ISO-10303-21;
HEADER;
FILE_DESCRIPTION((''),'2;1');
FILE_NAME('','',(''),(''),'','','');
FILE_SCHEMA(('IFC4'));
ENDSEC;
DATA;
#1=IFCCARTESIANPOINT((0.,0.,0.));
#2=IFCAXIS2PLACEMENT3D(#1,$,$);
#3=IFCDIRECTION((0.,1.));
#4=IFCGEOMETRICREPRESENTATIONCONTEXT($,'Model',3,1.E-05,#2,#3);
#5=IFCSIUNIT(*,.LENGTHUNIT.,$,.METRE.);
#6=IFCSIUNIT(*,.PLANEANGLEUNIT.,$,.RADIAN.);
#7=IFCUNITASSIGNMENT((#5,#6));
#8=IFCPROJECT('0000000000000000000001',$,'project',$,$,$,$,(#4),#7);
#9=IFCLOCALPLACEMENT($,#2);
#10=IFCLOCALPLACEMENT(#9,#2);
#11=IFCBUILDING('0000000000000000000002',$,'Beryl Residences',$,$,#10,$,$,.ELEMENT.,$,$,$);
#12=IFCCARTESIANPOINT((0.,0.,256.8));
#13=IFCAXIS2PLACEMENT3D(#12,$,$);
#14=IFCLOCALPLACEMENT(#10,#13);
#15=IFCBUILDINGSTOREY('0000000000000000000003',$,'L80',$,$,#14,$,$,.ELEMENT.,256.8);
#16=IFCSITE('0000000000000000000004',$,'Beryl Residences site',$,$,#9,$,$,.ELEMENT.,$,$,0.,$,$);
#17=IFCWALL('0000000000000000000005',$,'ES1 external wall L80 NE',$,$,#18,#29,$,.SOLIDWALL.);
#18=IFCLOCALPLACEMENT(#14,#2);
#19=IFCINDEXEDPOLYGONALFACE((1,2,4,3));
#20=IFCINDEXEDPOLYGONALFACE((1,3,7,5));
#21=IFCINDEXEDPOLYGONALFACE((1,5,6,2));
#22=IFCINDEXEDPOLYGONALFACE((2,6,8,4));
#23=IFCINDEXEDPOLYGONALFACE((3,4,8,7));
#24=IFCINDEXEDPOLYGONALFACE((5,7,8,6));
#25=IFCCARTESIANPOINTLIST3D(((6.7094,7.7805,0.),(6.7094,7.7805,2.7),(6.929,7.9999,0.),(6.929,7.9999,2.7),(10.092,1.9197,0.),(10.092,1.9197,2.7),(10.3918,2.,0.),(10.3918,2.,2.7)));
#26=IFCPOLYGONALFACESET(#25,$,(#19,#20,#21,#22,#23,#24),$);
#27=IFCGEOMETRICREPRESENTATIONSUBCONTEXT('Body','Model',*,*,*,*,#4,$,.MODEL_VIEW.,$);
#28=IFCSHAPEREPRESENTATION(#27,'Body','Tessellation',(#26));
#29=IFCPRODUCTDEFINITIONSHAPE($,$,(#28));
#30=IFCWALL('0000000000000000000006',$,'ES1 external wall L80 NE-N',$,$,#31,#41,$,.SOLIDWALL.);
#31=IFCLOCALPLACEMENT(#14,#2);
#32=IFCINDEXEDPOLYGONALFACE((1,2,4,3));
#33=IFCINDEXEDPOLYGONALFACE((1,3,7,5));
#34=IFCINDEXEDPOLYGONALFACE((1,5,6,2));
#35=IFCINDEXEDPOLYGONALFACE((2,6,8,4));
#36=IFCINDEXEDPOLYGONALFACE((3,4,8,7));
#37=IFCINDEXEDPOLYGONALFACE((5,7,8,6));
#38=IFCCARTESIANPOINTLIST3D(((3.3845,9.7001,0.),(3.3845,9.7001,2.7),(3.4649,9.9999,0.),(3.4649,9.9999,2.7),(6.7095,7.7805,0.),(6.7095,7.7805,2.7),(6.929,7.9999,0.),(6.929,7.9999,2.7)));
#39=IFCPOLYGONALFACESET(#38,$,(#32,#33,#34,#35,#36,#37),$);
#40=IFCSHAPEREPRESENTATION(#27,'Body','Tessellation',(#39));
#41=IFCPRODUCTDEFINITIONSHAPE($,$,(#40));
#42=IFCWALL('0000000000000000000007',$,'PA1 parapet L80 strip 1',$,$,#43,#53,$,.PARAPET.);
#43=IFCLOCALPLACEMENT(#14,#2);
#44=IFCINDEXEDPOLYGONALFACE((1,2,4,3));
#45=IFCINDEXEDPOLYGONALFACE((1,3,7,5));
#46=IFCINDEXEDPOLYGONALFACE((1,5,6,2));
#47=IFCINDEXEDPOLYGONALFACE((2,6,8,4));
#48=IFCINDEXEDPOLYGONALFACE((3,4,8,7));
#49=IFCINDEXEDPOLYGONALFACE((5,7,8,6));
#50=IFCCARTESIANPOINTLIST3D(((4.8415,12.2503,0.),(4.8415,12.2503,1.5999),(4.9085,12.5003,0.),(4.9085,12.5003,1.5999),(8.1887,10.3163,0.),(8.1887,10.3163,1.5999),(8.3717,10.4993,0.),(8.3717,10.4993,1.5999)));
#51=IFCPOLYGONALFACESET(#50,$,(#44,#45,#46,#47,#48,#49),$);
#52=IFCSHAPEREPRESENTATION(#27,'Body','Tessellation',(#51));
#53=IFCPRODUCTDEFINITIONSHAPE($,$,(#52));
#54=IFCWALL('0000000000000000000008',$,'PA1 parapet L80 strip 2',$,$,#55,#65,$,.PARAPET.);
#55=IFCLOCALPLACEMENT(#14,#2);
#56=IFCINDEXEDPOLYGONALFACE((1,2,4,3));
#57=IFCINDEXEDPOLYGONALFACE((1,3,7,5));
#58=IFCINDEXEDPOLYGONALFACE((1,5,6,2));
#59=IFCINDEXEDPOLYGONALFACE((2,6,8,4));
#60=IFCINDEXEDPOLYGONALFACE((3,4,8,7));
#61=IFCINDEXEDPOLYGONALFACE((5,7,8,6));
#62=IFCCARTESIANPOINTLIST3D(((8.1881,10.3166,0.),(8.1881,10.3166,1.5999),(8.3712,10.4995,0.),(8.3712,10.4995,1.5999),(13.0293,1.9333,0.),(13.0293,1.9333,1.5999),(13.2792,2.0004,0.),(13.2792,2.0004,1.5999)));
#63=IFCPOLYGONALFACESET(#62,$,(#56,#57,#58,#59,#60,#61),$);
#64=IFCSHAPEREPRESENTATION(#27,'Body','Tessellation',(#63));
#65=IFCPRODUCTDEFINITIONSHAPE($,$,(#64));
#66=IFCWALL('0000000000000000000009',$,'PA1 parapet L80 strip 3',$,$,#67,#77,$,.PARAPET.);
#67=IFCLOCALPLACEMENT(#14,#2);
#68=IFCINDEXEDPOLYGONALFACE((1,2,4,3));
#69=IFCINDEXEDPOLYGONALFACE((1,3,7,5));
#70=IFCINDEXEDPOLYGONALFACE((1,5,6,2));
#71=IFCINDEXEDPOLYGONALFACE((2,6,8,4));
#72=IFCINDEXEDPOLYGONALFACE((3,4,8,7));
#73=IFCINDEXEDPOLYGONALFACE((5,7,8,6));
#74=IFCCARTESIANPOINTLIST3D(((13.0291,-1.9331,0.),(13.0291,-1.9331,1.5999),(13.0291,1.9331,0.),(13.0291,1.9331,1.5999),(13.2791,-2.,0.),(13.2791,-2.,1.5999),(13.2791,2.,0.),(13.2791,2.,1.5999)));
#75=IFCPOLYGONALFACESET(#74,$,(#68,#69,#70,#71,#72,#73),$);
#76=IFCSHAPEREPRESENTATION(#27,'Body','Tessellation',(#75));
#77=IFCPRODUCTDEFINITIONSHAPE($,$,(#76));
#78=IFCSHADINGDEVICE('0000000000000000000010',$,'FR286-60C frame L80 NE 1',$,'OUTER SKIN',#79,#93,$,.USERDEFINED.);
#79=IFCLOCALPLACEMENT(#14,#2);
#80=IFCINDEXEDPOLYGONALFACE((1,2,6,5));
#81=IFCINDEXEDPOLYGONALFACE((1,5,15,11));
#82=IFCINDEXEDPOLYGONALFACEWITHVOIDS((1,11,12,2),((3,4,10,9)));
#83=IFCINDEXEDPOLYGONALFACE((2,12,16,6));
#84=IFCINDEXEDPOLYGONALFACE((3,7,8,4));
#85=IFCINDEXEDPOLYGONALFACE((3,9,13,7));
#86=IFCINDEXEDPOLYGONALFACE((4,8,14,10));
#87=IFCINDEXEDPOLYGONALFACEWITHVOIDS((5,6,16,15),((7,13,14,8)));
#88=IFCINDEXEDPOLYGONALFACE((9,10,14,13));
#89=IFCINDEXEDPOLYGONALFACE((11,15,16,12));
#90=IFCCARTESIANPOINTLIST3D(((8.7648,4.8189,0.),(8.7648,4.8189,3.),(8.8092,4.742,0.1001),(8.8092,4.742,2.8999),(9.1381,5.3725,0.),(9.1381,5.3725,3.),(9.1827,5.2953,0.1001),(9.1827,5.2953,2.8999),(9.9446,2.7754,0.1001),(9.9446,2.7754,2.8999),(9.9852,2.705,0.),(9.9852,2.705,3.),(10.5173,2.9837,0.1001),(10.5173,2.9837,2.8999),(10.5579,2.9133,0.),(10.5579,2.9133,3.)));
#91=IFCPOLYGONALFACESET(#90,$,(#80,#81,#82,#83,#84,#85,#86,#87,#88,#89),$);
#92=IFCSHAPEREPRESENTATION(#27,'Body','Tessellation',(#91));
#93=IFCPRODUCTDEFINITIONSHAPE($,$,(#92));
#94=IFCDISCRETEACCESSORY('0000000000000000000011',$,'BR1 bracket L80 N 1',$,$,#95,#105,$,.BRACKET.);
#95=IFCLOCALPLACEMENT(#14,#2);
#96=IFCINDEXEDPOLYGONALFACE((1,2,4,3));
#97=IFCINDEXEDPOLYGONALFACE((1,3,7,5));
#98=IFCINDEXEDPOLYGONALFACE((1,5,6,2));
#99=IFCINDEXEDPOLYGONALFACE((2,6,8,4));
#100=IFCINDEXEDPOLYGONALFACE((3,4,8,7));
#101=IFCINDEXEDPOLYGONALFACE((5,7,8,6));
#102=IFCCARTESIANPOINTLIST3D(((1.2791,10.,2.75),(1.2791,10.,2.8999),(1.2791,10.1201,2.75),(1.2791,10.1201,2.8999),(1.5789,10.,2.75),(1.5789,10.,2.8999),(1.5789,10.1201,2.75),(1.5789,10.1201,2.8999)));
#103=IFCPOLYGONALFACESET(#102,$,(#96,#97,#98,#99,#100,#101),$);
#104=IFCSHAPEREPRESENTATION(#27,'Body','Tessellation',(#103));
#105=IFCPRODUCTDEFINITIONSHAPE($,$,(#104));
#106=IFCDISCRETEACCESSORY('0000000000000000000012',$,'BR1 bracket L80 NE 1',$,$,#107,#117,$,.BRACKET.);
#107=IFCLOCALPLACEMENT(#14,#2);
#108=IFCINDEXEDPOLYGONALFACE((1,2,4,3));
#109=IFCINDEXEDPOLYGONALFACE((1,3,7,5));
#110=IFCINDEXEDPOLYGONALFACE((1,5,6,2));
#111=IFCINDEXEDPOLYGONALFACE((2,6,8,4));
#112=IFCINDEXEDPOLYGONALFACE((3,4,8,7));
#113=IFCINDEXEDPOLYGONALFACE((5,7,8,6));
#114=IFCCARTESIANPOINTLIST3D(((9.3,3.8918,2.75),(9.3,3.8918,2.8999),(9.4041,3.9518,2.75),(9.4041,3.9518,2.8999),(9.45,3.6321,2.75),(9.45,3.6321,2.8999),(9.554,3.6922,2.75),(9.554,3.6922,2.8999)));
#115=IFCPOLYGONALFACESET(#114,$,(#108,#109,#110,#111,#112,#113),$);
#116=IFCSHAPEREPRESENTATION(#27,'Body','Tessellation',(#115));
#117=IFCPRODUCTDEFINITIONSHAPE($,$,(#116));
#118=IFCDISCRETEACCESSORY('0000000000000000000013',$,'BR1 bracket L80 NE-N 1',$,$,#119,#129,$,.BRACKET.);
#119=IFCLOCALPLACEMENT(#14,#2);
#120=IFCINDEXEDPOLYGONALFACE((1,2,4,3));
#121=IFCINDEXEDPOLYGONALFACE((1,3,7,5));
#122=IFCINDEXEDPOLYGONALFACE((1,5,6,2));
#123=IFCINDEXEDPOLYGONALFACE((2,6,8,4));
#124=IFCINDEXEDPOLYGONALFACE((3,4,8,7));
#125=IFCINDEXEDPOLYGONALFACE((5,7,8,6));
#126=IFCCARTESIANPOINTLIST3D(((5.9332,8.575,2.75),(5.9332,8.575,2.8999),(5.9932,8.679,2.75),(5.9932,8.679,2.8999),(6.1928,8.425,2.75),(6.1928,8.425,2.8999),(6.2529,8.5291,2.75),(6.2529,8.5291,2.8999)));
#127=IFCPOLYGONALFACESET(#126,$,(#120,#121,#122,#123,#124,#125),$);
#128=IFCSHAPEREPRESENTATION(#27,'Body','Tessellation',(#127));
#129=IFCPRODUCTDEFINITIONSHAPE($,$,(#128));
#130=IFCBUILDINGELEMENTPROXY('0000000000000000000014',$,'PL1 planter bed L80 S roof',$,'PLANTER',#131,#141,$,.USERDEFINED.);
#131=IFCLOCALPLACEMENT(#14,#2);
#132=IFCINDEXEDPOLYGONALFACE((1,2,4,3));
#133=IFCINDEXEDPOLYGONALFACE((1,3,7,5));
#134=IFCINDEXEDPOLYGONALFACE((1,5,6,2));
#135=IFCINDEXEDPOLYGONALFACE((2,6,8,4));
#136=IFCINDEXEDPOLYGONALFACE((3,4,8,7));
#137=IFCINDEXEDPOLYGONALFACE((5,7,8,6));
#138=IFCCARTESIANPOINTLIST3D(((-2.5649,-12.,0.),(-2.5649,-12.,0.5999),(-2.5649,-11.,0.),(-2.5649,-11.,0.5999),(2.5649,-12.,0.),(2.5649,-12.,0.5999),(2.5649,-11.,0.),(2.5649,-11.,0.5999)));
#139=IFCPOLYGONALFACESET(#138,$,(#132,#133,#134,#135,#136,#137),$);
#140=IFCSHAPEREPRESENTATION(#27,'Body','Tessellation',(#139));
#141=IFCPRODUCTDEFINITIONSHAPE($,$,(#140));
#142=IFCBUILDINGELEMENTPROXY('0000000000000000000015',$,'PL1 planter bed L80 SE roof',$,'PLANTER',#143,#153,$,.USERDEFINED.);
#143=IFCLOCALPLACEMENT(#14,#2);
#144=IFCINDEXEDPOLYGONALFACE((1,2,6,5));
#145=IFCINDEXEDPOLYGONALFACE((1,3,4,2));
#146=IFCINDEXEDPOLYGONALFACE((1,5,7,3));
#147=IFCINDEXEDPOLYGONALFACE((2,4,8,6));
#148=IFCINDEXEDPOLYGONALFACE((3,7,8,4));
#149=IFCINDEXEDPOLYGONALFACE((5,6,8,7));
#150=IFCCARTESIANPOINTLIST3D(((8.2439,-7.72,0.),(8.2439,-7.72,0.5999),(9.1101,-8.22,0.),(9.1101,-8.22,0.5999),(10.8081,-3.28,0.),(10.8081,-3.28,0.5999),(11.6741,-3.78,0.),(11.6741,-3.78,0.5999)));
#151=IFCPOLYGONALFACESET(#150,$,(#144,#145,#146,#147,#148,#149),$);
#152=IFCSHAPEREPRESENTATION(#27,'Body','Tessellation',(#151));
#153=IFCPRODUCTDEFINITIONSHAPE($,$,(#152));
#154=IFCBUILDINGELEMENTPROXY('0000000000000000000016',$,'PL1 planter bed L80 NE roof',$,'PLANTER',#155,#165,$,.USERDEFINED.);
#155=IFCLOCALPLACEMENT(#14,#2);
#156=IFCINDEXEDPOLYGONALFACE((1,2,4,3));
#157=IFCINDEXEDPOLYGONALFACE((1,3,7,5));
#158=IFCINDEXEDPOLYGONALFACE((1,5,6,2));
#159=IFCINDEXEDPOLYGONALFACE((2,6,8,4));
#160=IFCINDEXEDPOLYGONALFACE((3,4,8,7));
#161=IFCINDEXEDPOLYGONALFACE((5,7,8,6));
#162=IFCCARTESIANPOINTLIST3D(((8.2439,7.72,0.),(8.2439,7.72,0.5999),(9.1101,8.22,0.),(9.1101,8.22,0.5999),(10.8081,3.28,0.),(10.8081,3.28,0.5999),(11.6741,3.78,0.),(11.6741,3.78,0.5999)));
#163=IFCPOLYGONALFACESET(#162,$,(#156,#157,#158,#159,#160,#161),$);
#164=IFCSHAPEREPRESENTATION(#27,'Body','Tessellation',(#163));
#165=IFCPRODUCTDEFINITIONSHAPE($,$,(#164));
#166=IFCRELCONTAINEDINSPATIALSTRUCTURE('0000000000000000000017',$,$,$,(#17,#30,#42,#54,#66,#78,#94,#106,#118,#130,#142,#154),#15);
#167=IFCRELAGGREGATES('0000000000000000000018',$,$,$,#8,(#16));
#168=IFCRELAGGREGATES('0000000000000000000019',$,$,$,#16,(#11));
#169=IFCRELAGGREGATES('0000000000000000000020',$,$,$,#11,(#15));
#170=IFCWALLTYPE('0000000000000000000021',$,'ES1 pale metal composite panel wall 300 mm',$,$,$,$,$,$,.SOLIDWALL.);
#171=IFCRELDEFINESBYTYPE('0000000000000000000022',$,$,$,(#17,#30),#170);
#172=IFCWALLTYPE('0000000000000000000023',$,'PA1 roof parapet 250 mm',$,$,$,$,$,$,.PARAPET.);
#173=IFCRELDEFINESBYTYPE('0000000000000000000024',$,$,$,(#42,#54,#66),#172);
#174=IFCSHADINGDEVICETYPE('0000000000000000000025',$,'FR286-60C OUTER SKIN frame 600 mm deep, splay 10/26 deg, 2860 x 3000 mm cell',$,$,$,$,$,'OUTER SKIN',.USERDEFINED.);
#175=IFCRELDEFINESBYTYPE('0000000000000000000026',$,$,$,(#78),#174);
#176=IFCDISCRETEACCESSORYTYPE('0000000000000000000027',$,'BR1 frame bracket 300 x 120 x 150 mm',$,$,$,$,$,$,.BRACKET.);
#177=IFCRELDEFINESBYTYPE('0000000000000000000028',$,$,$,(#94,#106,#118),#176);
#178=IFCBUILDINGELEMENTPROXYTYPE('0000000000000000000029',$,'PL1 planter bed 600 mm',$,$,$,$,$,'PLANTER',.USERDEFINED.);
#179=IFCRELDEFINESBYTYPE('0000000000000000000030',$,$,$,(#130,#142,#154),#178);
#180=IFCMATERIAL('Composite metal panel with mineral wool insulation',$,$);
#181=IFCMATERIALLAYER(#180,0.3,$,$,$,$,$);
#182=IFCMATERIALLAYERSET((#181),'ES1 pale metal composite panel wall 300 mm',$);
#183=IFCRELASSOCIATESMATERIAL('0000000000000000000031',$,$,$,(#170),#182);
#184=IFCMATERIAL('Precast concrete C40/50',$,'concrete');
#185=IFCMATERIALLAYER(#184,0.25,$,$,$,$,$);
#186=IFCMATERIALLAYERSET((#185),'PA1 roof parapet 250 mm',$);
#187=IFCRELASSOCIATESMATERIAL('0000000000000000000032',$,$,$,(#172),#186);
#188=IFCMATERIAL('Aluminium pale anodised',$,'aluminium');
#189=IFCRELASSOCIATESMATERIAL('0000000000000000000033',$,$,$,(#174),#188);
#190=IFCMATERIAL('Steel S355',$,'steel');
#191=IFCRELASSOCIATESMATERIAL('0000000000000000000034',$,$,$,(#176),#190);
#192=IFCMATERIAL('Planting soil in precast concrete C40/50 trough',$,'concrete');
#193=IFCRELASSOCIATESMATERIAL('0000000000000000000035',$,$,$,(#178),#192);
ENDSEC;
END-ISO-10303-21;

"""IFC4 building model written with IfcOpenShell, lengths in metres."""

from ifc_helpers import new_model, entity, si_unit, direction, frame, origin, place, context, subcontext, project, spatial, polyline, outline, extrude, source, transform, mapped, material, layer, layer_set, type_object, type_shapes, element, save


model = new_model("IFC4")

# Units and contexts
model_context = context("Model", 3, precision=1e-05, world=origin(), true_north=direction((0.0, 1.0)))
body_context = subcontext(model_context, "Body", "Model", "MODEL_VIEW")
ifc_project = project(units=[si_unit("LENGTHUNIT", "METRE"), si_unit("PLANEANGLEUNIT", "RADIAN")], contexts=[model_context])

# Site, building, storey
site_placement = place(None, origin())
site = spatial("IfcSite", under=ifc_project, at=site_placement, Name="Beryl Residences site", CompositionType="ELEMENT", RefElevation=0.0)
building_placement = place(site_placement, origin())
building = spatial("IfcBuilding", under=site, at=building_placement, Name="Beryl Residences", CompositionType="ELEMENT")
storey_placement = place(building_placement, frame((0.0, 0.0, 256.8)))
storey = spatial("IfcBuildingStorey", under=building, at=storey_placement, Name="L80", CompositionType="ELEMENT", Elevation=256.8)

# Walls
ifc_material_1 = material(Name="Composite metal panel with mineral wool insulation")
ifc_layer_1 = layer(ifc_material_1, 0.3)
ifc_layer_set_1 = layer_set([ifc_layer_1], Name="ES1 pale metal composite panel wall 300 mm")
wall_type_1 = type_object("IfcWallType", Name="ES1 pale metal composite panel wall 300 mm", PredefinedType="SOLIDWALL", material=ifc_layer_set_1)
wall_1_placement = place(storey_placement, frame((10.262, 1.925, 0.0), z_axis=(0.0, 0.0, 1.0), x_axis=(-0.499869, 0.866101, 0.0)))
element("IfcWall", 1, at=wall_1_placement, inside=storey, type_object=wall_type_1, Name="ES1 external wall L80 NE", PredefinedType="SOLIDWALL", context=body_context, shape_type="SweptSolid", body=[
    extrude(outline(polyline([(0.0, -0.1499), (6.9275, -0.1499), (6.8472, 0.1499), (0.0803, 0.1499), (0.0, -0.1499)])), origin(), (0.0, 0.0, 1.0), 2.7),
])
wall_2_placement = place(storey_placement, frame((6.854, 7.8701, 0.0), z_axis=(0.0, 0.0, 1.0), x_axis=(-0.866026, 0.499999, 0.0)))
element("IfcWall", 2, at=wall_2_placement, inside=storey, type_object=wall_type_1, Name="ES1 external wall L80 NE-N", PredefinedType="SOLIDWALL", context=body_context, shape_type="SweptSolid", body=[
    extrude(outline(polyline([(0.0, -0.1499), (4.0, -0.1499), (3.9197, 0.1499), (0.0803, 0.1499), (0.0, -0.1499)])), origin(), (0.0, 0.0, 1.0), 2.7),
])
ifc_material_2 = material(Name="Precast concrete C40/50", Category="concrete")
ifc_layer_2 = layer(ifc_material_2, 0.25)
ifc_layer_set_2 = layer_set([ifc_layer_2], Name="PA1 roof parapet 250 mm")
wall_type_2 = type_object("IfcWallType", Name="PA1 roof parapet 250 mm", PredefinedType="PARAPET", material=ifc_layer_set_2)
wall_3_placement = place(storey_placement, frame((4.8459, 12.3921, 0.0), z_axis=(0.0, 0.0, 1.0), x_axis=(0.865859, -0.500288, 0.0)))
element("IfcWall", 3, at=wall_3_placement, inside=storey, type_object=wall_type_2, Name="PA1 parapet L80 strip 1", PredefinedType="PARAPET", context=body_context, shape_type="SweptSolid", body=[
    extrude(outline(polyline([(0.0671, -0.125), (3.9329, -0.125), (3.9998, 0.125), (0.0, 0.125), (0.0671, -0.125)])), origin(), (0.0, 0.0, 1.0), 1.5999),
])
wall_4_placement = place(storey_placement, frame((8.2629, 10.437, 0.0), z_axis=(0.0, 0.0, 1.0), x_axis=(0.50008, -0.865979, 0.0)))
element("IfcWall", 4, at=wall_4_placement, inside=storey, type_object=wall_type_2, Name="PA1 parapet L80 strip 2", PredefinedType="PARAPET", context=body_context, shape_type="SweptSolid", body=[
    extrude(outline(polyline([(0.0669, -0.125), (9.7476, -0.125), (9.8145, 0.125), (0.0, 0.125), (0.0669, -0.125)])), origin(), (0.0, 0.0, 1.0), 1.5999),
])
wall_5_placement = place(storey_placement, frame((13.1541, 2.0, 0.0), z_axis=(0.0, 0.0, 1.0), x_axis=(0.0, -1.0, 0.0)))
element("IfcWall", 5, at=wall_5_placement, inside=storey, type_object=wall_type_2, Name="PA1 parapet L80 strip 3", PredefinedType="PARAPET", context=body_context, shape_type="SweptSolid", body=[
    extrude(outline(polyline([(0.0669, -0.125), (3.9331, -0.125), (4.0, 0.125), (0.0, 0.125), (0.0669, -0.125)])), origin(), (0.0, 0.0, 1.0), 1.5999),
])

# Shading device
ifc_material_3 = material(Name="Aluminium pale anodised", Category="aluminium")
shading_device_type_1 = type_object("IfcShadingDeviceType", Name="FR286-60C OUTER SKIN frame 600 mm deep, splay 10/26 deg, 2860 x 3000 mm cell", ElementType="OUTER SKIN", PredefinedType="USERDEFINED", material=ifc_material_3)
cartesian_point_1 = entity("IfcCartesianPoint", [-1.2205, 0.0])
cartesian_point_2 = entity("IfcCartesianPoint", [-1.1392, 0.1001])
cartesian_point_3 = entity("IfcCartesianPoint", [-1.3264, 0.0])
cartesian_point_4 = entity("IfcCartesianPoint", [-1.2451, 0.1001])
shared_shape_1 = source(origin(), body_context, "Body", "SweptSolid", [
    entity("IfcExtrudedAreaSolidTapered", entity("IfcArbitraryProfileDefWithVoids", "AREA", None, entity("IfcPolyline", [cartesian_point_1, entity("IfcCartesianPoint", [1.2205, 0.0]), entity("IfcCartesianPoint", [1.2205, 3.0]), entity("IfcCartesianPoint", [-1.2205, 3.0]), cartesian_point_1]), [entity("IfcPolyline", [cartesian_point_2, entity("IfcCartesianPoint", [1.1316, 0.1001]), entity("IfcCartesianPoint", [1.1316, 2.8999]), entity("IfcCartesianPoint", [-1.1392, 2.8999]), cartesian_point_2])]), entity("IfcAxis2Placement3D", entity("IfcCartesianPoint", [0.0, 0.0, 0.0]), entity("IfcDirection", [0.0, 1.0, 0.0]), entity("IfcDirection", [-1.0, 0.0, 0.0])), entity("IfcDirection", [0.0, 0.0, 1.0]), 0.6001, entity("IfcArbitraryProfileDefWithVoids", "AREA", None, entity("IfcPolyline", [cartesian_point_3, entity("IfcCartesianPoint", [1.5132, 0.0]), entity("IfcCartesianPoint", [1.5132, 3.0]), entity("IfcCartesianPoint", [-1.3264, 3.0]), cartesian_point_3]), [entity("IfcPolyline", [cartesian_point_4, entity("IfcCartesianPoint", [1.4241, 0.1001]), entity("IfcCartesianPoint", [1.4241, 2.8999]), entity("IfcCartesianPoint", [-1.2451, 2.8999]), cartesian_point_4])])),
])
type_shapes(shading_device_type_1, [shared_shape_1])
for number, where, z_axis, x_axis, name in (
    (6, (9.375, 3.762, 0.0), (0.0, 0.0, 1.0), (0.5, -0.866025, 0.0), "FR286-60C frame L80 NE 1"),
):
    element("IfcShadingDevice", number, at=place(storey_placement, frame(where, z_axis=z_axis, x_axis=x_axis)), inside=storey, type_object=shading_device_type_1, Name=name, ObjectType="OUTER SKIN", PredefinedType="USERDEFINED", context=body_context, shape_type="MappedRepresentation", body=[
        mapped(shared_shape_1, transform((0.0, 0.0, 0.0))),
    ])

# Discrete accessories
ifc_material_4 = material(Name="Steel S355", Category="steel")
discrete_accessory_type = type_object("IfcDiscreteAccessoryType", Name="BR1 frame bracket 300 x 120 x 150 mm", PredefinedType="BRACKET", material=ifc_material_4)
shared_shape_2 = source(origin(), body_context, "Body", "SweptSolid", [
    extrude(outline(polyline([(-0.1499, 0.0), (0.1499, 0.0), (0.1499, 0.1201), (-0.1499, 0.1201), (-0.1499, 0.0)])), origin(), (0.0, 0.0, 1.0), 0.1499),
])
type_shapes(discrete_accessory_type, [shared_shape_2])
for number, where, z_axis, x_axis, name in (
    (7, (1.429, 10.0, 2.75), (0.0, 0.0, 1.0), (1.0, 0.0, 0.0), "BR1 bracket L80 N 1"),
    (8, (9.375, 3.762, 2.75), (0.0, 0.0, 1.0), (0.5, -0.866025, 0.0), "BR1 bracket L80 NE 1"),
    (9, (6.063, 8.5, 2.75), (0.0, 0.0, 1.0), (0.866025, -0.5, 0.0), "BR1 bracket L80 NE-N 1"),
):
    element("IfcDiscreteAccessory", number, at=place(storey_placement, frame(where, z_axis=z_axis, x_axis=x_axis)), inside=storey, type_object=discrete_accessory_type, Name=name, PredefinedType="BRACKET", context=body_context, shape_type="MappedRepresentation", body=[
        mapped(shared_shape_2, transform((0.0, 0.0, 0.0))),
    ])

# Building element proxies
ifc_material_5 = material(Name="Planting soil in precast concrete C40/50 trough", Category="concrete")
building_element_proxy_type = type_object("IfcBuildingElementProxyType", Name="PL1 planter bed 600 mm", ElementType="PLANTER", PredefinedType="USERDEFINED", material=ifc_material_5)
proxy_1_placement = place(storey_placement, origin())
element("IfcBuildingElementProxy", 10, at=proxy_1_placement, inside=storey, type_object=building_element_proxy_type, Name="PL1 planter bed L80 S roof", ObjectType="PLANTER", PredefinedType="USERDEFINED", context=body_context, shape_type="SweptSolid", body=[
    extrude(outline(polyline([(-2.5649, -12.0), (2.5649, -12.0), (2.5649, -11.0), (-2.5649, -11.0), (-2.5649, -12.0)])), origin(), (0.0, 0.0, 1.0), 0.5999),
])
proxy_2_placement = place(storey_placement, origin())
element("IfcBuildingElementProxy", 11, at=proxy_2_placement, inside=storey, type_object=building_element_proxy_type, Name="PL1 planter bed L80 SE roof", ObjectType="PLANTER", PredefinedType="USERDEFINED", context=body_context, shape_type="SweptSolid", body=[
    extrude(outline(polyline([(9.1101, -8.22), (11.6741, -3.78), (10.8081, -3.28), (8.2439, -7.72), (9.1101, -8.22)])), origin(), (0.0, 0.0, 1.0), 0.5999),
])
proxy_3_placement = place(storey_placement, origin())
element("IfcBuildingElementProxy", 12, at=proxy_3_placement, inside=storey, type_object=building_element_proxy_type, Name="PL1 planter bed L80 NE roof", ObjectType="PLANTER", PredefinedType="USERDEFINED", context=body_context, shape_type="SweptSolid", body=[
    extrude(outline(polyline([(11.6741, 3.78), (9.1101, 8.22), (8.2439, 7.72), (10.8081, 3.28), (11.6741, 3.78)])), origin(), (0.0, 0.0, 1.0), 0.5999),
])

save(model, "model.ifc")
